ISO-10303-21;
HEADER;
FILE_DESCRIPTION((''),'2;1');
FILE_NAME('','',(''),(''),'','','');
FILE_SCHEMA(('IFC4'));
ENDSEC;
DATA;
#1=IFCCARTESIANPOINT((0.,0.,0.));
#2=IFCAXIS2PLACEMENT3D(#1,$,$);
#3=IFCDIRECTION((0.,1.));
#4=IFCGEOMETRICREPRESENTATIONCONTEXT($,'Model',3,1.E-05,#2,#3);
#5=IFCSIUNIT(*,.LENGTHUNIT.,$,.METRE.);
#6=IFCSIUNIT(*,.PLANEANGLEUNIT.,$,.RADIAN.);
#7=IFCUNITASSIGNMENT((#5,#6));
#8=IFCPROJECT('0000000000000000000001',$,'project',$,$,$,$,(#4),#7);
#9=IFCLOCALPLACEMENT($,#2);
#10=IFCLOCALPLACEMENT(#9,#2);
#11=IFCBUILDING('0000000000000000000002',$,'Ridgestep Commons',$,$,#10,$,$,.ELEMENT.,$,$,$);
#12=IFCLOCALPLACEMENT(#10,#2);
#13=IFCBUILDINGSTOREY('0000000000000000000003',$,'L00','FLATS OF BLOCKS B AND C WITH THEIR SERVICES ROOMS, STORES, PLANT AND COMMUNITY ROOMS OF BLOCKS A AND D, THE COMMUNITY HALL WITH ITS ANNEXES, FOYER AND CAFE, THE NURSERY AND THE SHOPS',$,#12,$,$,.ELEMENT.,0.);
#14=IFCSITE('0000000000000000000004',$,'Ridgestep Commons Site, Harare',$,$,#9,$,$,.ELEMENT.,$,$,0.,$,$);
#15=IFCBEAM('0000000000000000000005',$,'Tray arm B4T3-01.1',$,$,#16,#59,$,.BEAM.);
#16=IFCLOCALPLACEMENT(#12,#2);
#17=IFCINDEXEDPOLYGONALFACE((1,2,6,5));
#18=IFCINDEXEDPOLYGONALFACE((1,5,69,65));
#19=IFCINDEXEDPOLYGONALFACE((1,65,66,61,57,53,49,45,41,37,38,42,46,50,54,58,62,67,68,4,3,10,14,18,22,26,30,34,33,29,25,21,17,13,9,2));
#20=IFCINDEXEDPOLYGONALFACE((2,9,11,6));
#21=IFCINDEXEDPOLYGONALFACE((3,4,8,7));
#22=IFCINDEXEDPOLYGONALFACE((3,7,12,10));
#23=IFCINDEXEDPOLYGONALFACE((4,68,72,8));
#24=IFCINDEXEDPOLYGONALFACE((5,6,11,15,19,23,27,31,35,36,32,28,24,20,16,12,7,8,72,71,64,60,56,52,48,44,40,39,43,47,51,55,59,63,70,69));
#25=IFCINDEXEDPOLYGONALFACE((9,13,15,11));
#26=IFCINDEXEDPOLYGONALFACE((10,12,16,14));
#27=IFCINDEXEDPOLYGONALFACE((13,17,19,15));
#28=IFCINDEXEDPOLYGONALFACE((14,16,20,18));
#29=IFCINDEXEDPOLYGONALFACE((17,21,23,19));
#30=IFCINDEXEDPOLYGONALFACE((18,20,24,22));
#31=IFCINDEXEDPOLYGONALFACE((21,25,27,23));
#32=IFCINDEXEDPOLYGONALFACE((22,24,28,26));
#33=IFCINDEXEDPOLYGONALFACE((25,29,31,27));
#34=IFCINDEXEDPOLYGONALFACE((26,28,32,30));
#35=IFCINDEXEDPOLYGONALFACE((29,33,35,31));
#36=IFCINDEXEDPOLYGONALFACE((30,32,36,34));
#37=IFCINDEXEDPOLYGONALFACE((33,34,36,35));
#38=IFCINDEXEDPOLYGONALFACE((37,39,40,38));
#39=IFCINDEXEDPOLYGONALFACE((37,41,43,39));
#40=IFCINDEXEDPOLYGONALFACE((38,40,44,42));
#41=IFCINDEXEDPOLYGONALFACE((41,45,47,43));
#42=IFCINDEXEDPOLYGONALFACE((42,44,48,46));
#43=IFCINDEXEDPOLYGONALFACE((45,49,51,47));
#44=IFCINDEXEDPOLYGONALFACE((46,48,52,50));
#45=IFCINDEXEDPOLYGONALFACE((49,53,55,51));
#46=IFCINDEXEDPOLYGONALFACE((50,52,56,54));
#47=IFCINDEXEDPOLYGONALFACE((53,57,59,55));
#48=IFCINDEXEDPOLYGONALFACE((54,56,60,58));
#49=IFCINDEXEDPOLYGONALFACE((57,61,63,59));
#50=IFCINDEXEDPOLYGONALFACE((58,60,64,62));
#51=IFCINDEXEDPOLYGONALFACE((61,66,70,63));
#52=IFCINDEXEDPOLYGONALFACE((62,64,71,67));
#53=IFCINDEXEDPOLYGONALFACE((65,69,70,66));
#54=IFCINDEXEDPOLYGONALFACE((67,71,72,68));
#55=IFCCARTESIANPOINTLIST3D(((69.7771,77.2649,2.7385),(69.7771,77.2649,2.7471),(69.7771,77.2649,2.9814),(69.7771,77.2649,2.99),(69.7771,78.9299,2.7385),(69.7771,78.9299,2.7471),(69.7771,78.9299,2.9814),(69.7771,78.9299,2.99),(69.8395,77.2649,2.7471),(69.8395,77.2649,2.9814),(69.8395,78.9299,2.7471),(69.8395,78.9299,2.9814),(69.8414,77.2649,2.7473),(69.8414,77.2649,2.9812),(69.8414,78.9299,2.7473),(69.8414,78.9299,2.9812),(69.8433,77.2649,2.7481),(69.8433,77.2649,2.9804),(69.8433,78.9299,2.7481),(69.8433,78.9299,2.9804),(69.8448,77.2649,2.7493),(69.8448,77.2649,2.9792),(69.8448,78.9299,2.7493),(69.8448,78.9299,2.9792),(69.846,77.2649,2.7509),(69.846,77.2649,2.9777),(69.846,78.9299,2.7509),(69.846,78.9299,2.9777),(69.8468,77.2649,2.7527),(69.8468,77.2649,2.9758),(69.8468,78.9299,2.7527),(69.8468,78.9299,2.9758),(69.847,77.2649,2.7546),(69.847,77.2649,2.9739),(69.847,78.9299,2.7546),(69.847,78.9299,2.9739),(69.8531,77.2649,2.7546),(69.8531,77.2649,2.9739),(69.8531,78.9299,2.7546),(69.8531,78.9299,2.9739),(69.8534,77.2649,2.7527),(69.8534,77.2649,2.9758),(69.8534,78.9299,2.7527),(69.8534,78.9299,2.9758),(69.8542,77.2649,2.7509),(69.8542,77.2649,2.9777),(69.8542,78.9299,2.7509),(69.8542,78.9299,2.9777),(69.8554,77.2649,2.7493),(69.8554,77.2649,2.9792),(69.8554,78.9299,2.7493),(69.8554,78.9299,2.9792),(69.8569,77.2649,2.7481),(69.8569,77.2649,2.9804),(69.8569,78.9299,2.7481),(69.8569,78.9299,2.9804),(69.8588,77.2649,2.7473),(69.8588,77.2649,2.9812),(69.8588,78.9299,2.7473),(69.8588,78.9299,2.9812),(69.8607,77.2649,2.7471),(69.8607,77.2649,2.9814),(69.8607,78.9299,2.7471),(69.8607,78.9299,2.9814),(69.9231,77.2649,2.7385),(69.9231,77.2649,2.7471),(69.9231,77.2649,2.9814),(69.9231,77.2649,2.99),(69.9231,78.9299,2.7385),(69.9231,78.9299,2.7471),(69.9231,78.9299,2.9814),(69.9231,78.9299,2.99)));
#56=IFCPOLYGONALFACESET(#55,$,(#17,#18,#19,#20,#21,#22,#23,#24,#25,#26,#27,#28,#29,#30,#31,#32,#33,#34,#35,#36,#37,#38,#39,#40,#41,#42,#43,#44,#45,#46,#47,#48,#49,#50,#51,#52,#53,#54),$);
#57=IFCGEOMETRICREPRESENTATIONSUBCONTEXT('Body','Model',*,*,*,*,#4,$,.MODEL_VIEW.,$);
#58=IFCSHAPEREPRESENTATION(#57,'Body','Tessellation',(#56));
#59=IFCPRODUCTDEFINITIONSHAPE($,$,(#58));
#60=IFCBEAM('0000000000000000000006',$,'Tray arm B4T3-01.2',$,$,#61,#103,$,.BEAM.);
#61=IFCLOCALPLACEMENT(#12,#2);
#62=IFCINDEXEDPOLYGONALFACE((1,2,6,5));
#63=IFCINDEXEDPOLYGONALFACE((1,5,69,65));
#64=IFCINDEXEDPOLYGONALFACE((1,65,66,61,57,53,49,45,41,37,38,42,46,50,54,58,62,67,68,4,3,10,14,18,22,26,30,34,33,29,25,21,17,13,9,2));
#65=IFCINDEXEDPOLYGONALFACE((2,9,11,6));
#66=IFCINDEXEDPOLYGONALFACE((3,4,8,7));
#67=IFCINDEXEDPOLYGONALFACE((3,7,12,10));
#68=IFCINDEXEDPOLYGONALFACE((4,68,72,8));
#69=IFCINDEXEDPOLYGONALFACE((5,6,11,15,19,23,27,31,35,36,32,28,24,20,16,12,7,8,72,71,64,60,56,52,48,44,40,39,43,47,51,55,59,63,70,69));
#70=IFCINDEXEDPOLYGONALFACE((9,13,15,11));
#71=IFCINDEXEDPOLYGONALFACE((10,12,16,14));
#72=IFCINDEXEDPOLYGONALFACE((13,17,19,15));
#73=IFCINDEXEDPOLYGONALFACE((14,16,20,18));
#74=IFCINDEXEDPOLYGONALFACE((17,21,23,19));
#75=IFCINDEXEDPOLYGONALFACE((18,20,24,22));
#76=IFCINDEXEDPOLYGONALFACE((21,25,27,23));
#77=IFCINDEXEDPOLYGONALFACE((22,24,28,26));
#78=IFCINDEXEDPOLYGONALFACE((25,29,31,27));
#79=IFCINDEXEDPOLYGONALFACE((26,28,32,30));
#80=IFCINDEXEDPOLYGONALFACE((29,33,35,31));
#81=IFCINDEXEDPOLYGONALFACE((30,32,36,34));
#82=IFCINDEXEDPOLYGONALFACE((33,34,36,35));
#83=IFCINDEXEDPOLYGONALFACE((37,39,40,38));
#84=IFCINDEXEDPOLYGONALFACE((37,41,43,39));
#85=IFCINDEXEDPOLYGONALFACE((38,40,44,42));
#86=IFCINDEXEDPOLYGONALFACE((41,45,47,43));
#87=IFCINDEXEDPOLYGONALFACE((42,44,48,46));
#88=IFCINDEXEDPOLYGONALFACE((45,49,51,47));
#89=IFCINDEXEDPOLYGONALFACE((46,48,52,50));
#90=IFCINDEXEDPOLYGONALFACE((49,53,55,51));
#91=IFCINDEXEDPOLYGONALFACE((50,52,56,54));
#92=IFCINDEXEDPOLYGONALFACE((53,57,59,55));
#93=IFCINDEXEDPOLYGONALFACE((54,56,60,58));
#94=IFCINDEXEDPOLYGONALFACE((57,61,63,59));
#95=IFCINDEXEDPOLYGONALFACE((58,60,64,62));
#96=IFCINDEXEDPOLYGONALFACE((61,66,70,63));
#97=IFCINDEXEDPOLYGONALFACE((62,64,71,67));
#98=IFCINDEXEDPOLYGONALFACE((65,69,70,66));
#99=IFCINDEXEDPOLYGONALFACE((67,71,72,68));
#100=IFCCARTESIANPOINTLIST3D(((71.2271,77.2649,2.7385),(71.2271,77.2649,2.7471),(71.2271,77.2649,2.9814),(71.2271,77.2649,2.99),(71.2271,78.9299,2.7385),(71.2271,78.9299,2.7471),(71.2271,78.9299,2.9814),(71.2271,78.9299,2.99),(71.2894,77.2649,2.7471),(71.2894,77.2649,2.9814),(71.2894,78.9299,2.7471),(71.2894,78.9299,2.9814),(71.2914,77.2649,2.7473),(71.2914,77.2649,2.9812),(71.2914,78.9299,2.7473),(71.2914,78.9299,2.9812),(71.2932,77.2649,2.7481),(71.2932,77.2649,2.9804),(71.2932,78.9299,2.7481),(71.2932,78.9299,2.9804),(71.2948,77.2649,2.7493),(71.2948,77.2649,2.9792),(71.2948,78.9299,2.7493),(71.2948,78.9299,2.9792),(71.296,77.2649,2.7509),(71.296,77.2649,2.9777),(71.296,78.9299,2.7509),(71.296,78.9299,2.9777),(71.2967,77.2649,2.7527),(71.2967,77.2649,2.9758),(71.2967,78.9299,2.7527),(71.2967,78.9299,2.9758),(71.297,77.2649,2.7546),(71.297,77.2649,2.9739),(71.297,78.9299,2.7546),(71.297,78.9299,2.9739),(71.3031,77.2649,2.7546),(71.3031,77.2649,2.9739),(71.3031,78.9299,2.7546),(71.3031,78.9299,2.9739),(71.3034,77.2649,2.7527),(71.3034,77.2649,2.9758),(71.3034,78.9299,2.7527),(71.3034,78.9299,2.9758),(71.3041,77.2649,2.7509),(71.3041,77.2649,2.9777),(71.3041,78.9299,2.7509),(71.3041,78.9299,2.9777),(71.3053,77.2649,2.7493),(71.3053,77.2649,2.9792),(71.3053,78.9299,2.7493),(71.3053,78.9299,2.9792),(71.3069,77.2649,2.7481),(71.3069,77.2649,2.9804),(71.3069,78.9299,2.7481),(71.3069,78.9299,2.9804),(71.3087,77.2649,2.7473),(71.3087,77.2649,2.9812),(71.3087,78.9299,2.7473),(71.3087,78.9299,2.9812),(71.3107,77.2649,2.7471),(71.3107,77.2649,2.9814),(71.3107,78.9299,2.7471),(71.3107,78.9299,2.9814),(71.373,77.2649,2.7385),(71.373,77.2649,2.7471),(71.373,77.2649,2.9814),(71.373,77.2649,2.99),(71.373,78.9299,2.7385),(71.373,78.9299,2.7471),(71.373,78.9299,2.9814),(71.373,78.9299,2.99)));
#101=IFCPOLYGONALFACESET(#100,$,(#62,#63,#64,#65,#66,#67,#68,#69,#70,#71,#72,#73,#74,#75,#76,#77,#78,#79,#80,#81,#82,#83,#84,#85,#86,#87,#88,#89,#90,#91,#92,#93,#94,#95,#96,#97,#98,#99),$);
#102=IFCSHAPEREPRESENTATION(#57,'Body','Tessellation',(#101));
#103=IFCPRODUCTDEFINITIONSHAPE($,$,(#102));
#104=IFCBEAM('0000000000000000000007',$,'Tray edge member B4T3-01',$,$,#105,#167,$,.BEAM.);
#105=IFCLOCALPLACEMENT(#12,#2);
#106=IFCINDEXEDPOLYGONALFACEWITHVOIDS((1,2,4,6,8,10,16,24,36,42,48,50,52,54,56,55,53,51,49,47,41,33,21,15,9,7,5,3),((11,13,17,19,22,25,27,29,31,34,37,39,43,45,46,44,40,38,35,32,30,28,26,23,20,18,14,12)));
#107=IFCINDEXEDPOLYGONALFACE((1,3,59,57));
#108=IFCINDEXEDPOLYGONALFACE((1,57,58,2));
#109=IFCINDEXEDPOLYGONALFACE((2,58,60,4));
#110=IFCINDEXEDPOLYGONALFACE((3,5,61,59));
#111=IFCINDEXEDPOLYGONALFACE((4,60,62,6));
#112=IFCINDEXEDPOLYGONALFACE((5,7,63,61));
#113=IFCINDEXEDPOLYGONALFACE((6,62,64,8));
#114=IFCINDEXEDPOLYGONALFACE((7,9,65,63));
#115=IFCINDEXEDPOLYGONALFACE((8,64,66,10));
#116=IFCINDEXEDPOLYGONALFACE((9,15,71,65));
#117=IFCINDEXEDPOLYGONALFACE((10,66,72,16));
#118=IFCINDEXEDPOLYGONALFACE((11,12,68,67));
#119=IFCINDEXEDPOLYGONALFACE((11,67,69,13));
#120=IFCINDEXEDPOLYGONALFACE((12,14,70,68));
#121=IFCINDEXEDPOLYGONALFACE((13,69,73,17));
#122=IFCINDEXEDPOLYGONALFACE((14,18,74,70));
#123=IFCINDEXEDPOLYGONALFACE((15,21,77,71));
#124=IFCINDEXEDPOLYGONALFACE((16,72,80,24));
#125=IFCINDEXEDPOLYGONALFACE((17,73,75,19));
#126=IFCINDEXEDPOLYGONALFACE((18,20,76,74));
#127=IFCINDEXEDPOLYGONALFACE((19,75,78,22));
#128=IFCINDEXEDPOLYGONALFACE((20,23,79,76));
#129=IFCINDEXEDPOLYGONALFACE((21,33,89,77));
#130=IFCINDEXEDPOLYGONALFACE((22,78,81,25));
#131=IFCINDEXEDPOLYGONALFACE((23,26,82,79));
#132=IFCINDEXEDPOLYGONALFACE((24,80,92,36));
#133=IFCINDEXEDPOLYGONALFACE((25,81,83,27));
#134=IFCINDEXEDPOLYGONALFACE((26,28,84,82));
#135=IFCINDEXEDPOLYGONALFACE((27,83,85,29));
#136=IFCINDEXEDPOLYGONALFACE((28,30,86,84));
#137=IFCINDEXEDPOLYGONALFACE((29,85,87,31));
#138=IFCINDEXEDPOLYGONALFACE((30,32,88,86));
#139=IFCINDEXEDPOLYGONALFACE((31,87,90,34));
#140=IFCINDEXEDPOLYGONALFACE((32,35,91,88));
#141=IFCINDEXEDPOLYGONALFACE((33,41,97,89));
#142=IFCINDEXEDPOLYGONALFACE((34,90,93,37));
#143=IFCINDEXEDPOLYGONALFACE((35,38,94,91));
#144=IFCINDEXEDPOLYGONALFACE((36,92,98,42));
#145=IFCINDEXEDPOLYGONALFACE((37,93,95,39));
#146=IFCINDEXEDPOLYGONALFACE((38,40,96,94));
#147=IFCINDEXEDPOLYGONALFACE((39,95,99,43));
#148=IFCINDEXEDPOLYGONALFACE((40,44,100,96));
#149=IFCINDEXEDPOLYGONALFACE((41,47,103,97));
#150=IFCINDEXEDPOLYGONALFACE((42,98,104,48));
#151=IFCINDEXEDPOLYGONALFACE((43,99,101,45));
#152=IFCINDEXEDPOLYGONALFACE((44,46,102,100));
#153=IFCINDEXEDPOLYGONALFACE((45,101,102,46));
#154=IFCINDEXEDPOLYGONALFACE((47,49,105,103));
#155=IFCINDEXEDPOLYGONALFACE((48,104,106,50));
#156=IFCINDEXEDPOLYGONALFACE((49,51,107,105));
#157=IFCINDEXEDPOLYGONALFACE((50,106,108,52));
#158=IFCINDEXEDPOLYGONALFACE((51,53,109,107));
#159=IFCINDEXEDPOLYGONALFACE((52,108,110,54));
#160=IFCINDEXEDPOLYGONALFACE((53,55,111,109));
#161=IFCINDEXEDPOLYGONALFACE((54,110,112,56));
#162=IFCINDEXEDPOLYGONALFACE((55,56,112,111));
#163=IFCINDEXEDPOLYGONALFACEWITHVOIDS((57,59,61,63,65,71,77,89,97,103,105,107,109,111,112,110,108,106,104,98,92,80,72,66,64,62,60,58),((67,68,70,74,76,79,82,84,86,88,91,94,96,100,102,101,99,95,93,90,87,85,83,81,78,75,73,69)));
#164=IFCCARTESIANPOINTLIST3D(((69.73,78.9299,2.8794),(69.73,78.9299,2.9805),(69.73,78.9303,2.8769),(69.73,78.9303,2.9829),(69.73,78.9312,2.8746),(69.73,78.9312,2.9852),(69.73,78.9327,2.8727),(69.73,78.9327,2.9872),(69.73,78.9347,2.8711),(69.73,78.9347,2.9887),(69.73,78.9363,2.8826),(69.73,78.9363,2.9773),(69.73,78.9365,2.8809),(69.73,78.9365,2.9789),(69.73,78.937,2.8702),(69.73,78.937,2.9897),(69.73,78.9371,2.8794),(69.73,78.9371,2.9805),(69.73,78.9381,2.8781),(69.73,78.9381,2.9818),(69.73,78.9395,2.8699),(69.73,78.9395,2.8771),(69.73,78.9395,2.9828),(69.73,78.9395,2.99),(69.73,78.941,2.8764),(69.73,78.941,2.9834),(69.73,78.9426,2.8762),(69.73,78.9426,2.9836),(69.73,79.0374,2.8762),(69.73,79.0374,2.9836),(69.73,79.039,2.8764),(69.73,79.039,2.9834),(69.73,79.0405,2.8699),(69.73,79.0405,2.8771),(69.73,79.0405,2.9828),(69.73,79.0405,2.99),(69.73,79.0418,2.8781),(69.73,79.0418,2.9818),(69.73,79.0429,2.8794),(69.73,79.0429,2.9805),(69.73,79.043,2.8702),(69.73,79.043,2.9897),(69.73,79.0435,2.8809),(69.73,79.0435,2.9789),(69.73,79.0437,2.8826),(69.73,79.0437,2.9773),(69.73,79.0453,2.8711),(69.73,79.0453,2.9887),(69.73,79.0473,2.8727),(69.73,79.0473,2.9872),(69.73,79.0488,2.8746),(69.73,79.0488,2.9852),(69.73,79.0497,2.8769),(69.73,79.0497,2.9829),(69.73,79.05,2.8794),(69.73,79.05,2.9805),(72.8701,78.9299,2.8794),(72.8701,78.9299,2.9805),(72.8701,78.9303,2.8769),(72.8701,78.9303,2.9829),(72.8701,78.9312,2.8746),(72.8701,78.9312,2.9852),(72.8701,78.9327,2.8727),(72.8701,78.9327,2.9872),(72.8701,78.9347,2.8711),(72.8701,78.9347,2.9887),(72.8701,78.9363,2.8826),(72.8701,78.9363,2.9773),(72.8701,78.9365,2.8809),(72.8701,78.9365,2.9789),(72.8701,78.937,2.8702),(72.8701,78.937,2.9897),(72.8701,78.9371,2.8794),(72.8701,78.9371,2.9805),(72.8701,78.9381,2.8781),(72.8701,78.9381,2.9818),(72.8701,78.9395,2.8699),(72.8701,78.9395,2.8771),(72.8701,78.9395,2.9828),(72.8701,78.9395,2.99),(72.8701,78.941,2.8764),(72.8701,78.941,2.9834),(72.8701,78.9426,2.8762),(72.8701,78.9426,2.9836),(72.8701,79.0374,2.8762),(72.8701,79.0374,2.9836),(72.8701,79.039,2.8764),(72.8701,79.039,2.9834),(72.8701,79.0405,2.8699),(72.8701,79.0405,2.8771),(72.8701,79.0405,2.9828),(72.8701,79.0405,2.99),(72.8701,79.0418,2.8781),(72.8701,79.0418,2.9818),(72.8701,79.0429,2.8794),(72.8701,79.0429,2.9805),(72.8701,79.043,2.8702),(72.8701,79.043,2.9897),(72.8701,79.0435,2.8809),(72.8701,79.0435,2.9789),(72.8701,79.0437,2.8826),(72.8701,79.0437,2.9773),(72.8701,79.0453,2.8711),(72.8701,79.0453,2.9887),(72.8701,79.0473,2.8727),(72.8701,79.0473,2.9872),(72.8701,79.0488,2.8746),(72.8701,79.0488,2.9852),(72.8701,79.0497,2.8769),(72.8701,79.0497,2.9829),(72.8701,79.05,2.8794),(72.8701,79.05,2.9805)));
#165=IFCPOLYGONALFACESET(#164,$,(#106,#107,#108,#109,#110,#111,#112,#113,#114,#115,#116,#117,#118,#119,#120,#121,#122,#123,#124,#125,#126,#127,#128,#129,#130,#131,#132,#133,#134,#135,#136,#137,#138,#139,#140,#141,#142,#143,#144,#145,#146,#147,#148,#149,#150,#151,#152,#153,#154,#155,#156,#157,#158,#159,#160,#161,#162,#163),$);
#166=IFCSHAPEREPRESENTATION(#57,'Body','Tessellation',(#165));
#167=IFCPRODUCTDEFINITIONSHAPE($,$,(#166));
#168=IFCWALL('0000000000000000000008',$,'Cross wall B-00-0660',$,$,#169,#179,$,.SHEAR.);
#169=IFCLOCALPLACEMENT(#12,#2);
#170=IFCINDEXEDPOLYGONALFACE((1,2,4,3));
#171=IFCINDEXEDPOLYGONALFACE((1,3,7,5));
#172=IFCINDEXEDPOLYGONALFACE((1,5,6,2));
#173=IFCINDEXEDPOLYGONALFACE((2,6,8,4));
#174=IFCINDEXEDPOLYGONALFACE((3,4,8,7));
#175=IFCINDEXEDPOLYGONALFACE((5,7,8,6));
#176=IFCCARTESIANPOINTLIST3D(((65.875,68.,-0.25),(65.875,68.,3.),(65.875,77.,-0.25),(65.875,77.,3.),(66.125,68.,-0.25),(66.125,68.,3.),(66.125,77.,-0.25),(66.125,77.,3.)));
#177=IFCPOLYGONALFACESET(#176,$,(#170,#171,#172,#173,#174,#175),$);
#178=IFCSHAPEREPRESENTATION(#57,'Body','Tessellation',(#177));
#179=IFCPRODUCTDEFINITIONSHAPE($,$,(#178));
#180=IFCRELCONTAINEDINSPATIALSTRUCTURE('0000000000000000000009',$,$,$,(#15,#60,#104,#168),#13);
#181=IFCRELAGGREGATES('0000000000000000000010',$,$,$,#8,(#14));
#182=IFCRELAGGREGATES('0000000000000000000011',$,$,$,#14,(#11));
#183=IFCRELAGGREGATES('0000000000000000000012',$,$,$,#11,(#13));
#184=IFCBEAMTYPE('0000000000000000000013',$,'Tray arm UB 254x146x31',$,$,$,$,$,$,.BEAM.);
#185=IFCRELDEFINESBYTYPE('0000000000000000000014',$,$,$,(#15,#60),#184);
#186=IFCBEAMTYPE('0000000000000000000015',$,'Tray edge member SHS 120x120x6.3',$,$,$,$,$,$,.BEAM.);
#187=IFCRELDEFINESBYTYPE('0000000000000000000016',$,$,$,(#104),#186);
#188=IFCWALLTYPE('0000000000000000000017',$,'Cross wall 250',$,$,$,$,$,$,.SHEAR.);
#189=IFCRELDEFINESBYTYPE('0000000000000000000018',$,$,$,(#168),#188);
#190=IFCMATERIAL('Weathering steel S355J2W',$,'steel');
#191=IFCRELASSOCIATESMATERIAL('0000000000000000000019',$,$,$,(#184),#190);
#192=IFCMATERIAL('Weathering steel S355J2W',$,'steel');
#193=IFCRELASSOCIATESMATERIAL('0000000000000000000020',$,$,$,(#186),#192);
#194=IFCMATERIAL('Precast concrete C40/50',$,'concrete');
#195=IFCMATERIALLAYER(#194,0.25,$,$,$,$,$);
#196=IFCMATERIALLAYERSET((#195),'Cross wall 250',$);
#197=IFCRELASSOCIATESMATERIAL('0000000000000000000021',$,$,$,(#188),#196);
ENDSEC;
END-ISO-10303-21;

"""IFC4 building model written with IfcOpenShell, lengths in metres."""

from ifc_helpers import new_model, si_unit, direction, frame, frame_2d, origin, origin_2d, place, context, subcontext, project, spatial, rectangle, hollow_rectangle, i_section, extrude, material, layer, layer_set, material_profile, profile_set, type_object, element, save


model = new_model("IFC4")

# Units and contexts
model_context = context("Model", 3, precision=1e-05, world=origin(), true_north=direction((0.0, 1.0)))
body_context = subcontext(model_context, "Body", "Model", "MODEL_VIEW")
ifc_project = project(units=[si_unit("LENGTHUNIT", "METRE"), si_unit("PLANEANGLEUNIT", "RADIAN")], contexts=[model_context])

# Site, building, storey
site_placement = place(None, origin())
site = spatial("IfcSite", under=ifc_project, at=site_placement, Name="Ridgestep Commons Site, Harare", CompositionType="ELEMENT", RefElevation=0.0)
building_placement = place(site_placement, origin())
building = spatial("IfcBuilding", under=site, at=building_placement, Name="Ridgestep Commons", CompositionType="ELEMENT")
storey_placement = place(building_placement, origin())
storey = spatial("IfcBuildingStorey", under=building, at=storey_placement, Name="L00", Description="FLATS OF BLOCKS B AND C WITH THEIR SERVICES ROOMS, STORES, PLANT AND COMMUNITY ROOMS OF BLOCKS A AND D, THE COMMUNITY HALL WITH ITS ANNEXES, FOYER AND CAFE, THE NURSERY AND THE SHOPS", CompositionType="ELEMENT", Elevation=0.0)

# Beams
ifc_material_1 = material(Name="Weathering steel S355J2W", Category="steel")
ifc_material_profile_1 = material_profile(ifc_material_1, i_section(OverallWidth=0.146, OverallDepth=0.2515, WebThickness=0.0061, FlangeThickness=0.0085, FilletRadius=0.0076, at=origin_2d()), Name="UB 254x146x31")
ifc_profile_set_1 = profile_set([ifc_material_profile_1], Name="Weathering steel S355J2W")
beam_type_1 = type_object("IfcBeamType", Name="Tray arm UB 254x146x31", PredefinedType="BEAM", material=ifc_profile_set_1)
for number, where, z_axis, x_axis, name in (
    (1, (69.8501, 77.2649, 2.8643), (0.0, 1.0, 0.0), (-1.0, 0.0, 0.0), "Tray arm B4T3-01.1"),
    (2, (71.3, 77.2649, 2.8643), (0.0, 1.0, 0.0), (-1.0, 0.0, 0.0), "Tray arm B4T3-01.2"),
):
    element("IfcBeam", number, at=place(storey_placement, frame(where, z_axis=z_axis, x_axis=x_axis)), inside=storey, type_object=beam_type_1, Name=name, PredefinedType="BEAM", context=body_context, shape_type="SweptSolid", body=[
        extrude(i_section(OverallWidth=0.146, OverallDepth=0.2515, WebThickness=0.0061, FlangeThickness=0.0085, FilletRadius=0.0076, at=origin_2d()), origin(), (0.0, 0.0, 1.0), 1.665),
    ])
ifc_material_2 = material(Name="Weathering steel S355J2W", Category="steel")
ifc_material_profile_2 = material_profile(ifc_material_2, hollow_rectangle(XDim=0.1201, YDim=0.1201, WallThickness=0.0063, InnerFilletRadius=0.0063, OuterFilletRadius=0.0095, at=origin_2d()), Name="SHS 120x120x6.3")
ifc_profile_set_2 = profile_set([ifc_material_profile_2], Name="Weathering steel S355J2W")
beam_type_2 = type_object("IfcBeamType", Name="Tray edge member SHS 120x120x6.3", PredefinedType="BEAM", material=ifc_profile_set_2)
beam_placement = place(storey_placement, frame((69.73, 78.99, 2.9299), z_axis=(1.0, 0.0, 0.0), x_axis=(0.0, 0.0, 1.0)))
element("IfcBeam", 3, at=beam_placement, inside=storey, type_object=beam_type_2, Name="Tray edge member B4T3-01", PredefinedType="BEAM", context=body_context, shape_type="SweptSolid", body=[
    extrude(hollow_rectangle(XDim=0.1201, YDim=0.1201, WallThickness=0.0063, InnerFilletRadius=0.0063, OuterFilletRadius=0.0095, at=origin_2d()), origin(), (0.0, 0.0, 1.0), 3.1401),
])

# Wall
ifc_material_3 = material(Name="Precast concrete C40/50", Category="concrete")
ifc_layer_1 = layer(ifc_material_3, 0.25)
ifc_layer_set_1 = layer_set([ifc_layer_1], Name="Cross wall 250")
wall_type_1 = type_object("IfcWallType", Name="Cross wall 250", PredefinedType="SHEAR", material=ifc_layer_set_1)
wall_1_placement = place(storey_placement, frame((66.0, 68.0, -0.25), z_axis=(0.0, 0.0, 1.0), x_axis=(0.0, 1.0, 0.0)))
element("IfcWall", 4, at=wall_1_placement, inside=storey, type_object=wall_type_1, Name="Cross wall B-00-0660", PredefinedType="SHEAR", context=body_context, shape_type="SweptSolid", body=[
    extrude(rectangle(XDim=9.0, YDim=0.25, at=frame_2d((4.5, 0.0))), origin(), (0.0, 0.0, 1.0), 3.25),
])

save(model, "model.ifc")
